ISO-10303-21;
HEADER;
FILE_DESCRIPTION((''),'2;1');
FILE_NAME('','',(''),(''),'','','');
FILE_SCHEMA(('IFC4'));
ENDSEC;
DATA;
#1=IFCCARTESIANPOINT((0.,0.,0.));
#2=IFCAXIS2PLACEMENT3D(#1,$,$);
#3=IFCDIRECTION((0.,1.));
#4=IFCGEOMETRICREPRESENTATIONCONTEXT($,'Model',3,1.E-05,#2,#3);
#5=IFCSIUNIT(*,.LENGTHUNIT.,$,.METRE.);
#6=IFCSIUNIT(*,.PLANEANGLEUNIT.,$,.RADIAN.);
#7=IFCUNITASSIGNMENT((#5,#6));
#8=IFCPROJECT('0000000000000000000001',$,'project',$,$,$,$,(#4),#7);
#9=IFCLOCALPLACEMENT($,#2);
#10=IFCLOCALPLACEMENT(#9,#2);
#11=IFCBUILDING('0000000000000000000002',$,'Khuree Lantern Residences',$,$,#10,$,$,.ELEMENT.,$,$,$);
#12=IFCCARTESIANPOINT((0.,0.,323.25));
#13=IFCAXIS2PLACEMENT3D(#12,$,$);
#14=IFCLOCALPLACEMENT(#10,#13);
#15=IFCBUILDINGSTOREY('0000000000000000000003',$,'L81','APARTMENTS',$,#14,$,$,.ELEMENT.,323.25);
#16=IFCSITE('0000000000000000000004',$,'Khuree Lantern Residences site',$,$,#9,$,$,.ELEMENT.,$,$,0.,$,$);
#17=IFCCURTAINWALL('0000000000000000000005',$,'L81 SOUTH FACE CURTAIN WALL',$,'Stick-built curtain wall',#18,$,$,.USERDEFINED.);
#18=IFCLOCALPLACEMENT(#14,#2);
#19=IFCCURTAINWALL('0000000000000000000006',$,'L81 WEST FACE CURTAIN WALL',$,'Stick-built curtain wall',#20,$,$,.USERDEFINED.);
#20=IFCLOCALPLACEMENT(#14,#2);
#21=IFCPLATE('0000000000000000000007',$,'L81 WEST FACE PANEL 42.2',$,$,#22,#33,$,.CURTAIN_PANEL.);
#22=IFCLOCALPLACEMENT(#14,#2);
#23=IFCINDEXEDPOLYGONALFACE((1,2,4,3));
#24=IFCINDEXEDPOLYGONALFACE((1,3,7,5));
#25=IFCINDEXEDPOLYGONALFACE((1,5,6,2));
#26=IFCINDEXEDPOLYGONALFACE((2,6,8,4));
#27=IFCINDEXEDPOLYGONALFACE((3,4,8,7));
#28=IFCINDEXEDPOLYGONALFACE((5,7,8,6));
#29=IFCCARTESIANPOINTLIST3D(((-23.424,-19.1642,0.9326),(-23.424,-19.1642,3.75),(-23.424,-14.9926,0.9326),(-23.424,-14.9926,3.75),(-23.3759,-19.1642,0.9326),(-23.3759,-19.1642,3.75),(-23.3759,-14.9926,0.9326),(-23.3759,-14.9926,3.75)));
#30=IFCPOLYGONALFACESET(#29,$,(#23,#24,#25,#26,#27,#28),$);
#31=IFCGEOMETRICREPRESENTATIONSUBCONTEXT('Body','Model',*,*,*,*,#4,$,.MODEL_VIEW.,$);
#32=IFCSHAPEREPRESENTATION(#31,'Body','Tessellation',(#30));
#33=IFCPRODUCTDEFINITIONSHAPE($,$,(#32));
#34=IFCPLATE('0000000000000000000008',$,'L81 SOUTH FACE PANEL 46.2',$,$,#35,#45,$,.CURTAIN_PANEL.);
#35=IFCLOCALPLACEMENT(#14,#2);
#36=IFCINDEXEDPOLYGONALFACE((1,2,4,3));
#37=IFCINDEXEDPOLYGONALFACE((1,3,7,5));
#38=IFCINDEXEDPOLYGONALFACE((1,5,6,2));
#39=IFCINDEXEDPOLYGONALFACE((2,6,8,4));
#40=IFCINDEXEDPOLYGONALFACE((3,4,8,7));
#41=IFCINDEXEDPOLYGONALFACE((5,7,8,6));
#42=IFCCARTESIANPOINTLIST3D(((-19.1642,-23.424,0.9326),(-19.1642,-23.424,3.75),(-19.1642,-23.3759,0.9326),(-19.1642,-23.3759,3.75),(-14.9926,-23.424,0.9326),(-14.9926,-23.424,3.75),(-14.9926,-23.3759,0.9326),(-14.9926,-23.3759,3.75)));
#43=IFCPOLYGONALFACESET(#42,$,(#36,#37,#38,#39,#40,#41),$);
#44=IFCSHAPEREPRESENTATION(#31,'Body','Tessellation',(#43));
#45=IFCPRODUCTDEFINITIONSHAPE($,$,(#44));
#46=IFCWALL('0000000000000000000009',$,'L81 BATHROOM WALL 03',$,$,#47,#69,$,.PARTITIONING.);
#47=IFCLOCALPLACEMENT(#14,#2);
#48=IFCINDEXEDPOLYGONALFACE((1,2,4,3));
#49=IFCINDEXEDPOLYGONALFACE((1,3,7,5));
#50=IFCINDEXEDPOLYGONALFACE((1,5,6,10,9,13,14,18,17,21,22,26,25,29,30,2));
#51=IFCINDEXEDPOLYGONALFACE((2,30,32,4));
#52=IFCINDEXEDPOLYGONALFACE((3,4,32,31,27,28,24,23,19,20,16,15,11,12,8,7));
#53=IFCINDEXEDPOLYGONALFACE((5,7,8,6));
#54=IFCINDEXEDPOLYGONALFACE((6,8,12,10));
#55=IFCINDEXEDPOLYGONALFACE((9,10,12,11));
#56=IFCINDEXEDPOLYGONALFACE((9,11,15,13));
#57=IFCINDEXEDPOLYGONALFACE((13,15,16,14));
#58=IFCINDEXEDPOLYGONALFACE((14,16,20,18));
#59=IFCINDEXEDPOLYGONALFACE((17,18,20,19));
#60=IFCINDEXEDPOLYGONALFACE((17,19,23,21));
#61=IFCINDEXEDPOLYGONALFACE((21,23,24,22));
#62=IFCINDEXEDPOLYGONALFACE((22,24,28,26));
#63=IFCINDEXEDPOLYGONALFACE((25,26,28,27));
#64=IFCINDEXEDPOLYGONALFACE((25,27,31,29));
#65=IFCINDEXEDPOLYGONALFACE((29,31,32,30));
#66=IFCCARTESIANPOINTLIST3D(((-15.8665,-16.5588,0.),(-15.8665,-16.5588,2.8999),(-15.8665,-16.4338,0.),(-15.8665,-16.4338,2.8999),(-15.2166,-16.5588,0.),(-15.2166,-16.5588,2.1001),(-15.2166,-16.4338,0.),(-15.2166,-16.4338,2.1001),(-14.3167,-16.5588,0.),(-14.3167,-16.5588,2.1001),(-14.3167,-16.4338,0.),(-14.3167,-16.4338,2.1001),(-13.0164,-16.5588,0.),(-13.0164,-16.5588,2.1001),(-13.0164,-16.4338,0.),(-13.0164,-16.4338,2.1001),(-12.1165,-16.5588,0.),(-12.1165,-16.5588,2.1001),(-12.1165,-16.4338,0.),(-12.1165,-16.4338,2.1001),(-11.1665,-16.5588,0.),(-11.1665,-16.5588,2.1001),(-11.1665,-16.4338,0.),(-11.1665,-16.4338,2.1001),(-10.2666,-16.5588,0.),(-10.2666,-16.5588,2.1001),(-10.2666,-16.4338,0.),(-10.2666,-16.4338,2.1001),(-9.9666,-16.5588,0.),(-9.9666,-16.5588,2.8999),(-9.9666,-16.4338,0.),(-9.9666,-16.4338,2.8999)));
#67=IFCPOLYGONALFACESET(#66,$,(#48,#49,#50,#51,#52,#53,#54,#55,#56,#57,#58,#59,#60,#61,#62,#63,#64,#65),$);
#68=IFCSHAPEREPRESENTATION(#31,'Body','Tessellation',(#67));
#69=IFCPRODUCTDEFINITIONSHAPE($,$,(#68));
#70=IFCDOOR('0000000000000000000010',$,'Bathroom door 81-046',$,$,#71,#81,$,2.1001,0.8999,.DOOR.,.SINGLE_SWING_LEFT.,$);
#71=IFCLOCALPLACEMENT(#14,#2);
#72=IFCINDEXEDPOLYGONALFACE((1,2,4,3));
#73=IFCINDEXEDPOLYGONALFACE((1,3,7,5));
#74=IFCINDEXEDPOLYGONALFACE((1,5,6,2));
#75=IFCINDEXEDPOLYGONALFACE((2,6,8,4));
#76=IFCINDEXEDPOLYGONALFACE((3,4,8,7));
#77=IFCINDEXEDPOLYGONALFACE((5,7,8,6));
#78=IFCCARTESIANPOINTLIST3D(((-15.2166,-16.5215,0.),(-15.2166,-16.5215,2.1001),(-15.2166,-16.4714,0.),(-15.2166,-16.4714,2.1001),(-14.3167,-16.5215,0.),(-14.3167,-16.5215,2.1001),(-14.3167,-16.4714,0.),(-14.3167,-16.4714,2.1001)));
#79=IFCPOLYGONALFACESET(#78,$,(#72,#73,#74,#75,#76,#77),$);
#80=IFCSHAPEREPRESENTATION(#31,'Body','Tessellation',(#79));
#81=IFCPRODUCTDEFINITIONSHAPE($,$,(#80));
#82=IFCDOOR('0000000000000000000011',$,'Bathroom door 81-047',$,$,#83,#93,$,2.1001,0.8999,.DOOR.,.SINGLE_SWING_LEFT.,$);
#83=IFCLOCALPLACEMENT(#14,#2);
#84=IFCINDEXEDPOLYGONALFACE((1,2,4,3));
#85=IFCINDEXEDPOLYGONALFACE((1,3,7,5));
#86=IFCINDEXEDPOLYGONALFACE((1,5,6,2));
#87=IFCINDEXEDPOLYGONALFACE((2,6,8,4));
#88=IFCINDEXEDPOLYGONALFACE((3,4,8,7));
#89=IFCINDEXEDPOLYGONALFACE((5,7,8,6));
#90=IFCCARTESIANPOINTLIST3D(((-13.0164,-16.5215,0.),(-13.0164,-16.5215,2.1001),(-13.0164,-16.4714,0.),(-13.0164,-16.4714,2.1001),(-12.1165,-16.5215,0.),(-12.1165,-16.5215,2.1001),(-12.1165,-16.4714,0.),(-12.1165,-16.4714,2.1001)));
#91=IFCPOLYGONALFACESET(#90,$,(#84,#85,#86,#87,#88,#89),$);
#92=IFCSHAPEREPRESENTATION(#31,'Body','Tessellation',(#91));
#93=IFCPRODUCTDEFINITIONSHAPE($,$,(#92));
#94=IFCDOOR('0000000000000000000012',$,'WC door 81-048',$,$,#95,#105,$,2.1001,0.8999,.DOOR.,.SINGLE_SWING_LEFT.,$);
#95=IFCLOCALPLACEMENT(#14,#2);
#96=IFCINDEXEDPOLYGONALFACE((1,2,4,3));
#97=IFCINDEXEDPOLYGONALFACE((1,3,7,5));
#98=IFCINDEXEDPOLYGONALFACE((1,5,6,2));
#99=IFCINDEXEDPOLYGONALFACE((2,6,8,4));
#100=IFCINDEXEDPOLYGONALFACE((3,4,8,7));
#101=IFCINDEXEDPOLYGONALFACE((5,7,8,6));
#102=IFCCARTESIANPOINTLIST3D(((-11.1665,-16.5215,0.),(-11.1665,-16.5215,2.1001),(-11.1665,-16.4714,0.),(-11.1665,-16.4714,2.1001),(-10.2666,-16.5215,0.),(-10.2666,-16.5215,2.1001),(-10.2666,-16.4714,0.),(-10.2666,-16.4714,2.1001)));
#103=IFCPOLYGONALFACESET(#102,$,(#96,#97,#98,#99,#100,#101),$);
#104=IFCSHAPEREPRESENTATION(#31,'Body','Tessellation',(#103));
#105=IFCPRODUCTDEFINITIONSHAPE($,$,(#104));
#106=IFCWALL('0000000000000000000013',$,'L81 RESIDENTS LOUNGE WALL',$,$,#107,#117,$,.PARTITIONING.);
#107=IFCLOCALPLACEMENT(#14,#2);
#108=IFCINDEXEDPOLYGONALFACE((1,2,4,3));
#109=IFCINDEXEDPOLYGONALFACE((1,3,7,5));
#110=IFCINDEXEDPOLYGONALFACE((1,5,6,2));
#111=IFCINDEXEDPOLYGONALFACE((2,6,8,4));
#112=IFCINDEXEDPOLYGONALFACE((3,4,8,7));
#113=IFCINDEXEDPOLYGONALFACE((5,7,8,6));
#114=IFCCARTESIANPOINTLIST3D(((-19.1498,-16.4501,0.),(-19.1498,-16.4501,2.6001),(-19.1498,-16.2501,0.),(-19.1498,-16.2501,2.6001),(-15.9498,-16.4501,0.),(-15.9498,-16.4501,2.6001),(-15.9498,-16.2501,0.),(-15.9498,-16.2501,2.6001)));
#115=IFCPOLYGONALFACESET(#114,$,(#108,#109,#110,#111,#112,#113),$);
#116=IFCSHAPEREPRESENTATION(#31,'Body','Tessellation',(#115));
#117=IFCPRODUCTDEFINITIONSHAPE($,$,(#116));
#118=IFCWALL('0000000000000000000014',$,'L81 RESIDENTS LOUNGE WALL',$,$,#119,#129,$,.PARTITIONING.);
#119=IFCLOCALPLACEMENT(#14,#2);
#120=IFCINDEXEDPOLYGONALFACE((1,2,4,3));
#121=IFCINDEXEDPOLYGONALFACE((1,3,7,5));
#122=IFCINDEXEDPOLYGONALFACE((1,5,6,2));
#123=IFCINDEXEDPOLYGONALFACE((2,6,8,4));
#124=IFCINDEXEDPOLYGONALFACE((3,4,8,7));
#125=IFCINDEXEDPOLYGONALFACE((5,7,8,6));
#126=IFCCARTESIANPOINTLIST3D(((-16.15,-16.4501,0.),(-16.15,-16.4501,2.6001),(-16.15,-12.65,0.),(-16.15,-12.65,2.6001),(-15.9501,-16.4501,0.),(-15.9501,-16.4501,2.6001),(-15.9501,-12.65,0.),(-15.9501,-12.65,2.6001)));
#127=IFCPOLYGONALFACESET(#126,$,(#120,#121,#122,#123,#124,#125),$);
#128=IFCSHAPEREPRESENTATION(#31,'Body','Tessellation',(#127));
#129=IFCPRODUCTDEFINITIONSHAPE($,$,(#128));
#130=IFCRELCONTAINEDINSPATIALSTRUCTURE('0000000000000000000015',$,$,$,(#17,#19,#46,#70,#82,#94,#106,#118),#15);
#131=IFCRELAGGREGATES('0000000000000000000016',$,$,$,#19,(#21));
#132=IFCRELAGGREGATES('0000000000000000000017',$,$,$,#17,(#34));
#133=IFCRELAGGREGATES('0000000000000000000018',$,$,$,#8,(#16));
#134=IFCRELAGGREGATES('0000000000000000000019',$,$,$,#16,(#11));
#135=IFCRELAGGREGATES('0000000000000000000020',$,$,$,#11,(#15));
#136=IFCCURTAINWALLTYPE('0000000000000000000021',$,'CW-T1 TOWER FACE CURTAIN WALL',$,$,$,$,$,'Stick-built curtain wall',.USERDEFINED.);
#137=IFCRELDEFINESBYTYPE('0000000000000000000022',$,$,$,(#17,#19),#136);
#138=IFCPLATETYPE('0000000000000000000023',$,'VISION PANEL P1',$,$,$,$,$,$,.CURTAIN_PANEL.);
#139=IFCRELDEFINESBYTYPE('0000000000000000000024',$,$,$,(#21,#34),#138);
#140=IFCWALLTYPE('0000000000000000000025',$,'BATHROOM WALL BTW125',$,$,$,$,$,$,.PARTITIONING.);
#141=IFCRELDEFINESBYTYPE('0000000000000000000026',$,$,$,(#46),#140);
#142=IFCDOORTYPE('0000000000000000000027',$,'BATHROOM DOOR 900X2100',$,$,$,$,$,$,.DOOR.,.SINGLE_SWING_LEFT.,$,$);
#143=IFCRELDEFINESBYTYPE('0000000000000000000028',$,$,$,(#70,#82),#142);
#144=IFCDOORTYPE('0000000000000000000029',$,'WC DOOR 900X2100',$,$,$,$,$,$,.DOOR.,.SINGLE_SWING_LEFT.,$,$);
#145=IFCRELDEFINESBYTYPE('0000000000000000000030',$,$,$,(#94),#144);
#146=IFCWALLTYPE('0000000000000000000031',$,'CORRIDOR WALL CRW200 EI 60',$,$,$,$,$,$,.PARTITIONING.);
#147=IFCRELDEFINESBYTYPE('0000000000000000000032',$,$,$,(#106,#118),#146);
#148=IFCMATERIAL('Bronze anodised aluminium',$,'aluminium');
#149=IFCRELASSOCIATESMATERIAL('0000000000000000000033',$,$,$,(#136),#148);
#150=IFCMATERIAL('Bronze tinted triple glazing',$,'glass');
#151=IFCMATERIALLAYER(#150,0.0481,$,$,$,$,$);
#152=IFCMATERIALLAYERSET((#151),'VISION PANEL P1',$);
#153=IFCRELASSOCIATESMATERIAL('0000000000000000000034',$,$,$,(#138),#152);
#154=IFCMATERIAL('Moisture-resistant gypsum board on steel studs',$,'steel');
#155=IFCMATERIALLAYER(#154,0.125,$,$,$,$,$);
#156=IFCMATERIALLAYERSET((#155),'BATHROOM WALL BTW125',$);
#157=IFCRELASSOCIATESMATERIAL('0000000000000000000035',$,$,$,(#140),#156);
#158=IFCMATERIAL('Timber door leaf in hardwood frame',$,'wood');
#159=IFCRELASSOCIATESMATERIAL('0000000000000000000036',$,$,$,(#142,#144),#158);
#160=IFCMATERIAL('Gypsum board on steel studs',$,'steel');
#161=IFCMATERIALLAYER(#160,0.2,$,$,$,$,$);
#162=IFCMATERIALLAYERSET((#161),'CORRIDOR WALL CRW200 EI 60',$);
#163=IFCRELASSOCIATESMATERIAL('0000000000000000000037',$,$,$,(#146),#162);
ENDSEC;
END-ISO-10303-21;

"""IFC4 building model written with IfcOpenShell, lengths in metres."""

from ifc_helpers import new_model, si_unit, direction, frame, frame_2d, origin, origin_2d, place, context, subcontext, project, spatial, rectangle, extrude, material, layer, layer_set, type_object, element, fill, aggregate, save


model = new_model("IFC4")

# Units and contexts
model_context = context("Model", 3, precision=1e-05, world=origin(), true_north=direction((0.0, 1.0)))
body_context = subcontext(model_context, "Body", "Model", "MODEL_VIEW")
ifc_project = project(units=[si_unit("LENGTHUNIT", "METRE"), si_unit("PLANEANGLEUNIT", "RADIAN")], contexts=[model_context])

# Site, building, storey
site_placement = place(None, origin())
site = spatial("IfcSite", under=ifc_project, at=site_placement, Name="Khuree Lantern Residences site", CompositionType="ELEMENT", RefElevation=0.0)
building_placement = place(site_placement, origin())
building = spatial("IfcBuilding", under=site, at=building_placement, Name="Khuree Lantern Residences", CompositionType="ELEMENT")
storey_placement = place(building_placement, frame((0.0, 0.0, 323.25)))
storey = spatial("IfcBuildingStorey", under=building, at=storey_placement, Name="L81", Description="APARTMENTS", CompositionType="ELEMENT", Elevation=323.25)

# Curtain wall
ifc_material_1 = material(Name="Bronze anodised aluminium", Category="aluminium")
curtain_wall_type_1 = type_object("IfcCurtainWallType", Name="CW-T1 TOWER FACE CURTAIN WALL", ElementType="Stick-built curtain wall", PredefinedType="USERDEFINED", material=ifc_material_1)
curtain_wall_1_placement = place(storey_placement, origin())
curtain_wall_1 = element("IfcCurtainWall", 1, at=curtain_wall_1_placement, inside=storey, type_object=curtain_wall_type_1, Name="L81 SOUTH FACE CURTAIN WALL", ObjectType="Stick-built curtain wall", PredefinedType="USERDEFINED")

# Curtain wall
curtain_wall_2_placement = place(storey_placement, origin())
curtain_wall_2 = element("IfcCurtainWall", 2, at=curtain_wall_2_placement, inside=storey, type_object=curtain_wall_type_1, Name="L81 WEST FACE CURTAIN WALL", ObjectType="Stick-built curtain wall", PredefinedType="USERDEFINED")

# Plates
ifc_material_2 = material(Name="Bronze tinted triple glazing", Category="glass")
ifc_layer_1 = layer(ifc_material_2, 0.0481)
ifc_layer_set_1 = layer_set([ifc_layer_1], Name="VISION PANEL P1")
plate_type_1 = type_object("IfcPlateType", Name="VISION PANEL P1", PredefinedType="CURTAIN_PANEL", material=ifc_layer_set_1)
plate_1_placement = place(storey_placement, frame((-23.3999, -17.0784, 0.9326), z_axis=(0.0, 0.0, 1.0), x_axis=(0.0, -1.0, 0.0)))
plate_1 = element("IfcPlate", 3, at=plate_1_placement, type_object=plate_type_1, Name="L81 WEST FACE PANEL 42.2", PredefinedType="CURTAIN_PANEL", context=body_context, shape_type="SweptSolid", body=[
    extrude(rectangle(XDim=4.1716, YDim=0.0481, at=origin_2d()), origin(), (0.0, 0.0, 1.0), 2.8174),
])
aggregate(curtain_wall_2, [plate_1])
plate_2_placement = place(storey_placement, frame((-17.0784, -23.3999, 0.9326), z_axis=(0.0, 0.0, 1.0), x_axis=(1.0, 0.0, 0.0)))
plate_2 = element("IfcPlate", 4, at=plate_2_placement, type_object=plate_type_1, Name="L81 SOUTH FACE PANEL 46.2", PredefinedType="CURTAIN_PANEL", context=body_context, shape_type="SweptSolid", body=[
    extrude(rectangle(XDim=4.1716, YDim=0.0481, at=origin_2d()), origin(), (0.0, 0.0, 1.0), 2.8174),
])
aggregate(curtain_wall_1, [plate_2])

# Wall, openings, doors
ifc_material_3 = material(Name="Moisture-resistant gypsum board on steel studs", Category="steel")
ifc_layer_2 = layer(ifc_material_3, 0.125)
ifc_layer_set_2 = layer_set([ifc_layer_2], Name="BATHROOM WALL BTW125")
wall_type_1 = type_object("IfcWallType", Name="BATHROOM WALL BTW125", PredefinedType="PARTITIONING", material=ifc_layer_set_2)
wall_1_placement = place(storey_placement, frame((-15.8665, -16.4963, 0.0), z_axis=(0.0, 0.0, 1.0), x_axis=(1.0, 0.0, 0.0)))
wall_1 = element("IfcWall", 5, at=wall_1_placement, inside=storey, type_object=wall_type_1, Name="L81 BATHROOM WALL 03", PredefinedType="PARTITIONING", context=body_context, shape_type="SweptSolid", body=[
    extrude(rectangle(XDim=5.8999, YDim=0.125, at=frame_2d((2.95, 0.0))), origin(), (0.0, 0.0, 1.0), 2.8999),
])
opening_1_placement = place(wall_1_placement, frame((0.6499, 0.0, 0.0)))
opening_1 = element("IfcOpeningElement", 6, at=opening_1_placement, cuts=wall_1, PredefinedType="OPENING", context=body_context, shape_type="SweptSolid", body=[
    extrude(rectangle(XDim=0.8999, YDim=2.1001, at=frame_2d((0.45, 1.05))), frame((0.0, 0.0725, 0.0), z_axis=(0.0, -1.0, 0.0), x_axis=(1.0, 0.0, 0.0)), (0.0, 0.0, 1.0), 0.145),
])
opening_2_placement = place(wall_1_placement, frame((2.8501, 0.0, 0.0)))
opening_2 = element("IfcOpeningElement", 7, at=opening_2_placement, cuts=wall_1, PredefinedType="OPENING", context=body_context, shape_type="SweptSolid", body=[
    extrude(rectangle(XDim=0.8999, YDim=2.1001, at=frame_2d((0.45, 1.05))), frame((0.0, 0.0725, 0.0), z_axis=(0.0, -1.0, 0.0), x_axis=(1.0, 0.0, 0.0)), (0.0, 0.0, 1.0), 0.145),
])
opening_3_placement = place(wall_1_placement, frame((4.7, 0.0, 0.0)))
opening_3 = element("IfcOpeningElement", 8, at=opening_3_placement, cuts=wall_1, PredefinedType="OPENING", context=body_context, shape_type="SweptSolid", body=[
    extrude(rectangle(XDim=0.8999, YDim=2.1001, at=frame_2d((0.45, 1.05))), frame((0.0, 0.0725, 0.0), z_axis=(0.0, -1.0, 0.0), x_axis=(1.0, 0.0, 0.0)), (0.0, 0.0, 1.0), 0.145),
])
ifc_material_4 = material(Name="Timber door leaf in hardwood frame", Category="wood")
door_type_1 = type_object("IfcDoorType", Name="BATHROOM DOOR 900X2100", OperationType="SINGLE_SWING_LEFT", PredefinedType="DOOR", material=ifc_material_4)
door_1_placement = place(opening_1_placement, origin())
door_1 = element("IfcDoor", 9, at=door_1_placement, inside=storey, type_object=door_type_1, Name="Bathroom door 81-046", OperationType="SINGLE_SWING_LEFT", OverallHeight=2.1001, OverallWidth=0.8999, PredefinedType="DOOR", context=body_context, shape_type="SweptSolid", body=[
    extrude(rectangle(XDim=0.8999, YDim=2.1001, at=frame_2d((0.45, 1.05))), frame((0.0, 0.0249, 0.0), z_axis=(0.0, -1.0, 0.0), x_axis=(1.0, 0.0, 0.0)), (0.0, 0.0, 1.0), 0.05),
])
fill(opening_1, door_1)
door_2_placement = place(opening_2_placement, origin())
door_2 = element("IfcDoor", 10, at=door_2_placement, inside=storey, type_object=door_type_1, Name="Bathroom door 81-047", OperationType="SINGLE_SWING_LEFT", OverallHeight=2.1001, OverallWidth=0.8999, PredefinedType="DOOR", context=body_context, shape_type="SweptSolid", body=[
    extrude(rectangle(XDim=0.8999, YDim=2.1001, at=frame_2d((0.45, 1.05))), frame((0.0, 0.0249, 0.0), z_axis=(0.0, -1.0, 0.0), x_axis=(1.0, 0.0, 0.0)), (0.0, 0.0, 1.0), 0.05),
])
fill(opening_2, door_2)
door_type_2 = type_object("IfcDoorType", Name="WC DOOR 900X2100", OperationType="SINGLE_SWING_LEFT", PredefinedType="DOOR", material=ifc_material_4)
door_3_placement = place(opening_3_placement, origin())
door_3 = element("IfcDoor", 11, at=door_3_placement, inside=storey, type_object=door_type_2, Name="WC door 81-048", OperationType="SINGLE_SWING_LEFT", OverallHeight=2.1001, OverallWidth=0.8999, PredefinedType="DOOR", context=body_context, shape_type="SweptSolid", body=[
    extrude(rectangle(XDim=0.8999, YDim=2.1001, at=frame_2d((0.45, 1.05))), frame((0.0, 0.0249, 0.0), z_axis=(0.0, -1.0, 0.0), x_axis=(1.0, 0.0, 0.0)), (0.0, 0.0, 1.0), 0.05),
])
fill(opening_3, door_3)

# Walls
ifc_material_5 = material(Name="Gypsum board on steel studs", Category="steel")
ifc_layer_3 = layer(ifc_material_5, 0.2)
ifc_layer_set_3 = layer_set([ifc_layer_3], Name="CORRIDOR WALL CRW200 EI 60")
wall_type_2 = type_object("IfcWallType", Name="CORRIDOR WALL CRW200 EI 60", PredefinedType="PARTITIONING", material=ifc_layer_set_3)
wall_2_placement = place(storey_placement, frame((-19.1499, -16.3501, 0.0), z_axis=(0.0, 0.0, 1.0), x_axis=(1.0, 0.0, 0.0)))
element("IfcWall", 12, at=wall_2_placement, inside=storey, type_object=wall_type_2, Name="L81 RESIDENTS LOUNGE WALL", PredefinedType="PARTITIONING", context=body_context, shape_type="SweptSolid", body=[
    extrude(rectangle(XDim=3.2, YDim=0.2, at=frame_2d((1.6001, 0.0))), origin(), (0.0, 0.0, 1.0), 2.6001),
])
wall_3_placement = place(storey_placement, frame((-16.05, -16.45, 0.0), z_axis=(0.0, 0.0, 1.0), x_axis=(0.0, 1.0, 0.0)))
element("IfcWall", 13, at=wall_3_placement, inside=storey, type_object=wall_type_2, Name="L81 RESIDENTS LOUNGE WALL", PredefinedType="PARTITIONING", context=body_context, shape_type="SweptSolid", body=[
    extrude(rectangle(XDim=3.8, YDim=0.2, at=frame_2d((1.8999, 0.0))), origin(), (0.0, 0.0, 1.0), 2.6001),
])

save(model, "model.ifc")
